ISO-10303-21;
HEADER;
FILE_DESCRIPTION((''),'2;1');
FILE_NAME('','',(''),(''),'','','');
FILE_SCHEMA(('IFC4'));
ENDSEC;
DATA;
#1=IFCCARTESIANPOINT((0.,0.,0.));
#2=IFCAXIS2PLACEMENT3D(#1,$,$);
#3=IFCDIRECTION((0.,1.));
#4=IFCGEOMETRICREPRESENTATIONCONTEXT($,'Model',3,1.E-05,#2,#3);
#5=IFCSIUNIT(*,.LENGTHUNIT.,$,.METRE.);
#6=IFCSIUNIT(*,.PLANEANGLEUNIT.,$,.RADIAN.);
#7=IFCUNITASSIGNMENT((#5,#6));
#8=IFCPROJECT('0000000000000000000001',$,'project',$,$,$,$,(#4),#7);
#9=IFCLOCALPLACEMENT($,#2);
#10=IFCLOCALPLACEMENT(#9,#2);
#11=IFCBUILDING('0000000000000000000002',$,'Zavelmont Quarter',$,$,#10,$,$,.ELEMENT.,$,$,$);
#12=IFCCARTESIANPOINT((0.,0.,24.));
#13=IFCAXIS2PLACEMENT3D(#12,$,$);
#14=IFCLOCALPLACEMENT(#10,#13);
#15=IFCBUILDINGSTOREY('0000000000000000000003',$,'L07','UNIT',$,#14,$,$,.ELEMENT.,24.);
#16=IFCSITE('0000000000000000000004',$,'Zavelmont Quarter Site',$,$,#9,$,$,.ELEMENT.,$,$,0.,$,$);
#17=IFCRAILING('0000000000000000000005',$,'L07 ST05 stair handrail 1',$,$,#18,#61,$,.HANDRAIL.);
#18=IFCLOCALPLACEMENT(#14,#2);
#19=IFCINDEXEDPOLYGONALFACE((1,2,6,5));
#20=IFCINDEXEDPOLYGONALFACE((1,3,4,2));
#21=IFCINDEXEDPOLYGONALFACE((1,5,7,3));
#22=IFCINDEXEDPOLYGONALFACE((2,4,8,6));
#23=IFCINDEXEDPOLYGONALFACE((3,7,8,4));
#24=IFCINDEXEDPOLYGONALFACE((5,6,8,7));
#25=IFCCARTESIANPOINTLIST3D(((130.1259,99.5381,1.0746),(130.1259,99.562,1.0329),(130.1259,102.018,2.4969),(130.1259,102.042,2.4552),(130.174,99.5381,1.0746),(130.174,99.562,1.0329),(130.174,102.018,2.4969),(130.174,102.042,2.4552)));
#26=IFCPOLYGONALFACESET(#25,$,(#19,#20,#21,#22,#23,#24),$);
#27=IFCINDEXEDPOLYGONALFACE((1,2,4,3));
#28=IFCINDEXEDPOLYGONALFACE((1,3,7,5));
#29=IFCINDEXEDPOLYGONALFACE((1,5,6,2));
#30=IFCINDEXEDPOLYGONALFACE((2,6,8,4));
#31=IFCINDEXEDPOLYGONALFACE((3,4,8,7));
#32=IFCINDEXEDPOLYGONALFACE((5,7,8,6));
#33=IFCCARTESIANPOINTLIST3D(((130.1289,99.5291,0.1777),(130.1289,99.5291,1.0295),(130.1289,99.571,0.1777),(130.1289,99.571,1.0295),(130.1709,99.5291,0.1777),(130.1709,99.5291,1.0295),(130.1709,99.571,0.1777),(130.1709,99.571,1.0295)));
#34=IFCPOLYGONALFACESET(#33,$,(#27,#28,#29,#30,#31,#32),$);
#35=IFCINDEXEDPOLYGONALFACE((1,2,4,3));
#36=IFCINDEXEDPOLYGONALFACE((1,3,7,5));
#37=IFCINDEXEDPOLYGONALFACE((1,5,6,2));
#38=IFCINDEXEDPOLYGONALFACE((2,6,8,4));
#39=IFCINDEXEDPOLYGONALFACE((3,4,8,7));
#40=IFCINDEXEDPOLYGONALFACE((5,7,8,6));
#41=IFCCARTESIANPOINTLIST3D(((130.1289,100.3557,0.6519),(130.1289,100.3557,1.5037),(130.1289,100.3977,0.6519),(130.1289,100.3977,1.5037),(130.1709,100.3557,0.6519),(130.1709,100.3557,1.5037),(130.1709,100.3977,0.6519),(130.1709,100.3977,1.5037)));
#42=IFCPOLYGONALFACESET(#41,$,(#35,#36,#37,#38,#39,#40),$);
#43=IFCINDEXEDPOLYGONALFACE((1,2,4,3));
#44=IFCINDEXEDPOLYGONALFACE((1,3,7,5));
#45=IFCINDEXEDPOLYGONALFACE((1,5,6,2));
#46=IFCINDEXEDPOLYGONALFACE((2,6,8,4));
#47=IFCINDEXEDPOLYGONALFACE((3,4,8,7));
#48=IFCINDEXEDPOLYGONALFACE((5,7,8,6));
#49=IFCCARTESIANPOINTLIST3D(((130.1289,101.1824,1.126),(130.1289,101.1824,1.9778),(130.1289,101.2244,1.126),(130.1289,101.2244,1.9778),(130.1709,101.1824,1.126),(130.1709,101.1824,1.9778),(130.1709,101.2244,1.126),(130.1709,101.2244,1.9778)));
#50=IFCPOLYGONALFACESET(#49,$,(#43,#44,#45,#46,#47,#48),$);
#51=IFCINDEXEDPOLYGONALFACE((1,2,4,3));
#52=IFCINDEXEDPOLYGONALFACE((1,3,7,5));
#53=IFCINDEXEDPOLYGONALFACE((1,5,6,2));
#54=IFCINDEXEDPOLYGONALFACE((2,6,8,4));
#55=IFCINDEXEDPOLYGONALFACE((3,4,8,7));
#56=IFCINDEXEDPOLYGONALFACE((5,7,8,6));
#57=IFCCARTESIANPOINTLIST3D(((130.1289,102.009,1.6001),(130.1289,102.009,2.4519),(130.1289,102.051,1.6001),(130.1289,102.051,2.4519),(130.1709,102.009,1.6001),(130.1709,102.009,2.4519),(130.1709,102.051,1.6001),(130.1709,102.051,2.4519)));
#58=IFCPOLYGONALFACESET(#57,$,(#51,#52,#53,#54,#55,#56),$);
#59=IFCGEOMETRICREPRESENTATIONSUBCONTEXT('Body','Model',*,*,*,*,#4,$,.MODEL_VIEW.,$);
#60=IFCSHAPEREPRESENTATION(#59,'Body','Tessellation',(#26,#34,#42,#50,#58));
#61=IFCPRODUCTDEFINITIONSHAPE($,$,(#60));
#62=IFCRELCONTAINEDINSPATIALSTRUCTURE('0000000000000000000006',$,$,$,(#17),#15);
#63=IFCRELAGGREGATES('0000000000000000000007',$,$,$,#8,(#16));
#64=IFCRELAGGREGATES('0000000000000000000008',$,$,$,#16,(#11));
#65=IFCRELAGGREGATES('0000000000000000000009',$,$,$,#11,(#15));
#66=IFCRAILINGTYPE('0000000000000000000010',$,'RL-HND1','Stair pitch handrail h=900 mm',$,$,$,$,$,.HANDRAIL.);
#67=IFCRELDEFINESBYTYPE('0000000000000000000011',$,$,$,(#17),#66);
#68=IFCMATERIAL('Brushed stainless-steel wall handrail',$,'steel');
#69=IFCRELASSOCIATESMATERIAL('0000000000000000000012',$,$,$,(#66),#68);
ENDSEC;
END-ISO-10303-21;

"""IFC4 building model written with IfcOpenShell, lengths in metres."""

from ifc_helpers import new_model, si_unit, direction, frame, origin, origin_2d, place, context, subcontext, project, spatial, rectangle, extrude, material, type_object, element, save


model = new_model("IFC4")

# Units and contexts
model_context = context("Model", 3, precision=1e-05, world=origin(), true_north=direction((0.0, 1.0)))
body_context = subcontext(model_context, "Body", "Model", "MODEL_VIEW")
ifc_project = project(units=[si_unit("LENGTHUNIT", "METRE"), si_unit("PLANEANGLEUNIT", "RADIAN")], contexts=[model_context])

# Site, building, storey
site_placement = place(None, origin())
site = spatial("IfcSite", under=ifc_project, at=site_placement, Name="Zavelmont Quarter Site", CompositionType="ELEMENT", RefElevation=0.0)
building_placement = place(site_placement, origin())
building = spatial("IfcBuilding", under=site, at=building_placement, Name="Zavelmont Quarter", CompositionType="ELEMENT")
storey_placement = place(building_placement, frame((0.0, 0.0, 24.0)))
storey = spatial("IfcBuildingStorey", under=building, at=storey_placement, Name="L07", Description="UNIT", CompositionType="ELEMENT", Elevation=24.0)

# Railing
ifc_material_1 = material(Name="Brushed stainless-steel wall handrail", Category="steel")
railing_type_1 = type_object("IfcRailingType", Name="RL-HND1", Description="Stair pitch handrail h=900 mm", PredefinedType="HANDRAIL", material=ifc_material_1)
railing_1_placement = place(storey_placement, frame((130.1499, 99.55, 0.1777)))
element("IfcRailing", 1, at=railing_1_placement, inside=storey, type_object=railing_type_1, Name="L07 ST05 stair handrail 1", PredefinedType="HANDRAIL", context=body_context, shape_type="SweptSolid", body=[
    extrude(rectangle(XDim=0.0481, YDim=0.0481, at=origin_2d()), frame((0.0, 0.0, 0.876), z_axis=(0.0, 0.867454, 0.497518), x_axis=(-1.0, 0.0, 0.0)), (0.0, 0.0, 1.0), 2.8589),
    extrude(rectangle(XDim=0.042, YDim=0.042, at=origin_2d()), origin(), (0.0, 0.0, 1.0), 0.8518),
    extrude(rectangle(XDim=0.042, YDim=0.042, at=origin_2d()), frame((0.0, 0.8267, 0.4741)), (0.0, 0.0, 1.0), 0.8518),
    extrude(rectangle(XDim=0.042, YDim=0.042, at=origin_2d()), frame((0.0, 1.6533, 0.9482)), (0.0, 0.0, 1.0), 0.8518),
    extrude(rectangle(XDim=0.042, YDim=0.042, at=origin_2d()), frame((0.0, 2.48, 1.4224)), (0.0, 0.0, 1.0), 0.8518),
])

save(model, "model.ifc")
